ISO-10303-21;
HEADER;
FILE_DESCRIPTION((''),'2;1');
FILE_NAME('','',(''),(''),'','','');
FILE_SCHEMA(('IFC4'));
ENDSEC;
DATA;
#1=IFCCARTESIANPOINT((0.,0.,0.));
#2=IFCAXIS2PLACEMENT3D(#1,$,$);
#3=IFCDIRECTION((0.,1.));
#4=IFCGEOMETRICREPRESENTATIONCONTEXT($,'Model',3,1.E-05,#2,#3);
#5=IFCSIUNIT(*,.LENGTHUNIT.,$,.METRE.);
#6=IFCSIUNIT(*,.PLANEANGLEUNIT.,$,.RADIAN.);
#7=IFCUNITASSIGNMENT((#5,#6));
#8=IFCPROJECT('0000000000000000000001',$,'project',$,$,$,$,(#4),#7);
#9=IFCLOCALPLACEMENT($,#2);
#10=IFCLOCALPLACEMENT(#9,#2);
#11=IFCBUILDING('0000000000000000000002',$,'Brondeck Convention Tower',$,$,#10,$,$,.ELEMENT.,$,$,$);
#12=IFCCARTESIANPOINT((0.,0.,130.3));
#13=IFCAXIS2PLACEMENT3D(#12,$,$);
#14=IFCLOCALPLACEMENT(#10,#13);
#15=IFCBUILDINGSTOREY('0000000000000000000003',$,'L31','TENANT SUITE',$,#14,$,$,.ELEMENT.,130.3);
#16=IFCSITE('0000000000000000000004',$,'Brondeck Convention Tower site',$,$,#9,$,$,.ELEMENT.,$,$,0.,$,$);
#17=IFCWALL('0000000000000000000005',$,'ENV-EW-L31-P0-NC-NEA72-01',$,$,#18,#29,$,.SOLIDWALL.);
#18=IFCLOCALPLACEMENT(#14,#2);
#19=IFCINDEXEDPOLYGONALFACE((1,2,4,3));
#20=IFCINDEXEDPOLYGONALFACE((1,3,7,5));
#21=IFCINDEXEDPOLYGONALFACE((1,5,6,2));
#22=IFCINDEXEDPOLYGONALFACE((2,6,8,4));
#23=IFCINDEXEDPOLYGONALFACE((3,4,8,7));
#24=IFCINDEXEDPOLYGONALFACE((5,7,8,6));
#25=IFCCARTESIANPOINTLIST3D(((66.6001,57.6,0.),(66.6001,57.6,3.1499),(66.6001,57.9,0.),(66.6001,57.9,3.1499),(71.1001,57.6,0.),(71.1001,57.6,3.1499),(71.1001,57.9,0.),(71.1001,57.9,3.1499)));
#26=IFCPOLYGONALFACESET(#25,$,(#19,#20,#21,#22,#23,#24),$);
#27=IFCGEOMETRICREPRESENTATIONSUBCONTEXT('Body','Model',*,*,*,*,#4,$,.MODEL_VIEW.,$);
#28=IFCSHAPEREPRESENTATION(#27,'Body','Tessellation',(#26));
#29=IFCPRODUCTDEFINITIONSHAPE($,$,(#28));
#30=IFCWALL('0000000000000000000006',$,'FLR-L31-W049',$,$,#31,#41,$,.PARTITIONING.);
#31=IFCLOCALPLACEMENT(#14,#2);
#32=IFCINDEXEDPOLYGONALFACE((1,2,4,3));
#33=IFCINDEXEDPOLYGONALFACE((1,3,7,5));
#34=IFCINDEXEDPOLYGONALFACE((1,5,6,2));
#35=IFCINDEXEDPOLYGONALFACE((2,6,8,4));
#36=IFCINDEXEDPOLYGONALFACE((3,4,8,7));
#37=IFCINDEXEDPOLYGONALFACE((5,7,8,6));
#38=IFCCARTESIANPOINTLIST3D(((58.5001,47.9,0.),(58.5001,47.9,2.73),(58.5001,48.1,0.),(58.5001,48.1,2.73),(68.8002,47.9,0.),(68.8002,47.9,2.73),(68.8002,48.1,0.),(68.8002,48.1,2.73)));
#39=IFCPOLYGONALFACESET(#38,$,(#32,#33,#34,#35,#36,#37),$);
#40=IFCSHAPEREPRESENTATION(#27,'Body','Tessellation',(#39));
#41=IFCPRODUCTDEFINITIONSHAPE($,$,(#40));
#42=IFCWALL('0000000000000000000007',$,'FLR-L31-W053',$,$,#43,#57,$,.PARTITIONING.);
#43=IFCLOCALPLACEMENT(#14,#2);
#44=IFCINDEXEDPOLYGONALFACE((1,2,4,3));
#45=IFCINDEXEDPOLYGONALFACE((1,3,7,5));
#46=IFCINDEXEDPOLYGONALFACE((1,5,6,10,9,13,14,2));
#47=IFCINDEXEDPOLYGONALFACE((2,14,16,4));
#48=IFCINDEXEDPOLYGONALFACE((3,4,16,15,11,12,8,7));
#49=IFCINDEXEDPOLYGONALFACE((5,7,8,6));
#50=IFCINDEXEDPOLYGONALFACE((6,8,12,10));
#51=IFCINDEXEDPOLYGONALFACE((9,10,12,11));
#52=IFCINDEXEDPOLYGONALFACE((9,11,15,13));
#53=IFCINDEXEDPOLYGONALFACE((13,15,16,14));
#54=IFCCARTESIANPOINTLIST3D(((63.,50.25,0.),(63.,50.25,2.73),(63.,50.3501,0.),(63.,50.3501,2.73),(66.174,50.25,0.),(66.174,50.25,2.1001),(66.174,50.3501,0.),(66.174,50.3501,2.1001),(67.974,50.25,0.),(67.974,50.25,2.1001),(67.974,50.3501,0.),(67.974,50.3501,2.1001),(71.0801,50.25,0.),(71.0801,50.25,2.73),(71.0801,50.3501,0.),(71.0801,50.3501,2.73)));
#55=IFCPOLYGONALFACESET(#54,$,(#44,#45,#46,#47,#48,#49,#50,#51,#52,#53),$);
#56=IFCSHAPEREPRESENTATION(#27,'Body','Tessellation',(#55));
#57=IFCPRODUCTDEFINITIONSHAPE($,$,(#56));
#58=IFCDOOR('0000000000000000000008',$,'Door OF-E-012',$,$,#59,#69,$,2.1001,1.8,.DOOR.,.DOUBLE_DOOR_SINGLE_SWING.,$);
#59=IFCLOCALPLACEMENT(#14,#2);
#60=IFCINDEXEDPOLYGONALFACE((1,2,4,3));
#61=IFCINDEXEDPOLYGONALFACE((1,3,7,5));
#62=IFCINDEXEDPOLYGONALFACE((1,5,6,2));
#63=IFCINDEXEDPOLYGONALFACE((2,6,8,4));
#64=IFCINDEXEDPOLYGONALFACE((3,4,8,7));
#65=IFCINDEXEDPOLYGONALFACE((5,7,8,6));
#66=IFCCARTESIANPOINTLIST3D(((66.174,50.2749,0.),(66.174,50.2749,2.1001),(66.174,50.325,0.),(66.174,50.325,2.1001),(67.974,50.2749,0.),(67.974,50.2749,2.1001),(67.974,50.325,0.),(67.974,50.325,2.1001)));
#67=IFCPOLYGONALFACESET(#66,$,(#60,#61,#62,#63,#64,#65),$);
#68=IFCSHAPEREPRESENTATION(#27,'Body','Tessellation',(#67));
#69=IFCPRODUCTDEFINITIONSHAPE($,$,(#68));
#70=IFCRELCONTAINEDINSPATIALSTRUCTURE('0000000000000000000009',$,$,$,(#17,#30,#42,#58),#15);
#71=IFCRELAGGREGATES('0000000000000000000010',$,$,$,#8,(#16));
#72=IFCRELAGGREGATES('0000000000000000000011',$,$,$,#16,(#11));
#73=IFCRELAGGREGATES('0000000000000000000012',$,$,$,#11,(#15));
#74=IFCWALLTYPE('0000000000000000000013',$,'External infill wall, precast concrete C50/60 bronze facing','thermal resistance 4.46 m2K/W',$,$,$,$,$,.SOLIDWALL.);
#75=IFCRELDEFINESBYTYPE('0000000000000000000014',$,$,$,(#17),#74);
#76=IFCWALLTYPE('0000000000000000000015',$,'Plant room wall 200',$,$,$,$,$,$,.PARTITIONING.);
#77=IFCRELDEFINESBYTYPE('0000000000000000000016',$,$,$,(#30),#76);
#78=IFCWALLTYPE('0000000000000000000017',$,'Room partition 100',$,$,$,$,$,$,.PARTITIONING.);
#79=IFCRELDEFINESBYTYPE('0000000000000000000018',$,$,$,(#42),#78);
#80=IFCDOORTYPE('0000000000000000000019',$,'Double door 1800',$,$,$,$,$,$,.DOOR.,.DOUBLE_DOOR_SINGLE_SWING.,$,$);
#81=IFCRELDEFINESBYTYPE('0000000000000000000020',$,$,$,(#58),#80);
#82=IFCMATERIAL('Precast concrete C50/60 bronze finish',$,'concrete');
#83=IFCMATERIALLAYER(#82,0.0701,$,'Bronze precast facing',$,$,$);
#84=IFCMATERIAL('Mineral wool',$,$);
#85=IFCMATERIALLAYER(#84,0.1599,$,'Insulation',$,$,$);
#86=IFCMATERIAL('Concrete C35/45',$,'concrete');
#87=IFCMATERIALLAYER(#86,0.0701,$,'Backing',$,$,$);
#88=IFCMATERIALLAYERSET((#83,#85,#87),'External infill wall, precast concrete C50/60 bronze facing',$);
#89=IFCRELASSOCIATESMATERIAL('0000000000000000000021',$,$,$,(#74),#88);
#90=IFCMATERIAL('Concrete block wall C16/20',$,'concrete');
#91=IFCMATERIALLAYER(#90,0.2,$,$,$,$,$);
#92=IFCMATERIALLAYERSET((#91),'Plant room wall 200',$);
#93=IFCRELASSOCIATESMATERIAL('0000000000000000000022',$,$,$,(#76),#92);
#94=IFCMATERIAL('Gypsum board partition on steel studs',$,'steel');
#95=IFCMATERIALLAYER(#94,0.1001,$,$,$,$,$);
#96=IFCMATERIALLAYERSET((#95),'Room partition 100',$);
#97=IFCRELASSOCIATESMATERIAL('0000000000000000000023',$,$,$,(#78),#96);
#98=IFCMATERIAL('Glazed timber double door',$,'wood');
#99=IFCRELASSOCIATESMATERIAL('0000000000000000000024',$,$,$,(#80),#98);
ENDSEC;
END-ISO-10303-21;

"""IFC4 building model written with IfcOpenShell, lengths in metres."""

from ifc_helpers import new_model, si_unit, direction, frame, frame_2d, origin, place, context, subcontext, project, spatial, rectangle, extrude, material, layer, layer_set, type_object, element, fill, save


model = new_model("IFC4")

# Units and contexts
model_context = context("Model", 3, precision=1e-05, world=origin(), true_north=direction((0.0, 1.0)))
body_context = subcontext(model_context, "Body", "Model", "MODEL_VIEW")
ifc_project = project(units=[si_unit("LENGTHUNIT", "METRE"), si_unit("PLANEANGLEUNIT", "RADIAN")], contexts=[model_context])

# Site, building, storey
site_placement = place(None, origin())
site = spatial("IfcSite", under=ifc_project, at=site_placement, Name="Brondeck Convention Tower site", CompositionType="ELEMENT", RefElevation=0.0)
building_placement = place(site_placement, origin())
building = spatial("IfcBuilding", under=site, at=building_placement, Name="Brondeck Convention Tower", CompositionType="ELEMENT")
storey_placement = place(building_placement, frame((0.0, 0.0, 130.3)))
storey = spatial("IfcBuildingStorey", under=building, at=storey_placement, Name="L31", Description="TENANT SUITE", CompositionType="ELEMENT", Elevation=130.3)

# Walls
ifc_material_1 = material(Name="Precast concrete C50/60 bronze finish", Category="concrete")
ifc_layer_1 = layer(ifc_material_1, 0.0701, Name="Bronze precast facing")
ifc_material_2 = material(Name="Mineral wool")
ifc_layer_2 = layer(ifc_material_2, 0.1599, Name="Insulation")
ifc_material_3 = material(Name="Concrete C35/45", Category="concrete")
ifc_layer_3 = layer(ifc_material_3, 0.0701, Name="Backing")
ifc_layer_set_1 = layer_set([ifc_layer_1, ifc_layer_2, ifc_layer_3], Name="External infill wall, precast concrete C50/60 bronze facing")
wall_type_1 = type_object("IfcWallType", Name="External infill wall, precast concrete C50/60 bronze facing", Description="thermal resistance 4.46 m2K/W", PredefinedType="SOLIDWALL", material=ifc_layer_set_1)
wall_1_placement = place(storey_placement, frame((66.6001, 57.75, 0.0), z_axis=(0.0, 0.0, 1.0), x_axis=(1.0, 0.0, 0.0)))
element("IfcWall", 1, at=wall_1_placement, inside=storey, type_object=wall_type_1, Name="ENV-EW-L31-P0-NC-NEA72-01", PredefinedType="SOLIDWALL", context=body_context, shape_type="SweptSolid", body=[
    extrude(rectangle(XDim=4.5, YDim=0.3, at=frame_2d((2.25, 0.0))), origin(), (0.0, 0.0, 1.0), 3.1499),
])
ifc_material_4 = material(Name="Concrete block wall C16/20", Category="concrete")
ifc_layer_4 = layer(ifc_material_4, 0.2)
ifc_layer_set_2 = layer_set([ifc_layer_4], Name="Plant room wall 200")
wall_type_2 = type_object("IfcWallType", Name="Plant room wall 200", PredefinedType="PARTITIONING", material=ifc_layer_set_2)
wall_2_placement = place(storey_placement, frame((68.8, 48.0, 0.0), z_axis=(0.0, 0.0, 1.0), x_axis=(-1.0, 0.0, 0.0)))
element("IfcWall", 2, at=wall_2_placement, inside=storey, type_object=wall_type_2, Name="FLR-L31-W049", PredefinedType="PARTITIONING", context=body_context, shape_type="SweptSolid", body=[
    extrude(rectangle(XDim=10.3, YDim=0.2, at=frame_2d((5.1499, 0.0))), origin(), (0.0, 0.0, 1.0), 2.73),
])

# Wall, opening, door
ifc_material_5 = material(Name="Gypsum board partition on steel studs", Category="steel")
ifc_layer_5 = layer(ifc_material_5, 0.1001)
ifc_layer_set_3 = layer_set([ifc_layer_5], Name="Room partition 100")
wall_type_3 = type_object("IfcWallType", Name="Room partition 100", PredefinedType="PARTITIONING", material=ifc_layer_set_3)
wall_3_placement = place(storey_placement, frame((63.0, 50.3, 0.0), z_axis=(0.0, 0.0, 1.0), x_axis=(1.0, 0.0, 0.0)))
wall_3 = element("IfcWall", 3, at=wall_3_placement, inside=storey, type_object=wall_type_3, Name="FLR-L31-W053", PredefinedType="PARTITIONING", context=body_context, shape_type="SweptSolid", body=[
    extrude(rectangle(XDim=8.0801, YDim=0.1001, at=frame_2d((4.04, 0.0))), origin(), (0.0, 0.0, 1.0), 2.73),
])
opening_placement = place(wall_3_placement, frame((3.1741, 0.0, 0.0)))
opening = element("IfcOpeningElement", 4, at=opening_placement, cuts=wall_3, PredefinedType="OPENING", context=body_context, shape_type="SweptSolid", body=[
    extrude(rectangle(XDim=1.8, YDim=2.1001, at=frame_2d((0.8999, 1.05))), frame((0.0, 0.0601, 0.0), z_axis=(0.0, -1.0, 0.0), x_axis=(1.0, 0.0, 0.0)), (0.0, 0.0, 1.0), 0.1201),
])
ifc_material_6 = material(Name="Glazed timber double door", Category="wood")
door_type = type_object("IfcDoorType", Name="Double door 1800", OperationType="DOUBLE_DOOR_SINGLE_SWING", PredefinedType="DOOR", material=ifc_material_6)
door_placement = place(opening_placement, origin())
door = element("IfcDoor", 5, at=door_placement, inside=storey, type_object=door_type, Name="Door OF-E-012", OperationType="DOUBLE_DOOR_SINGLE_SWING", OverallHeight=2.1001, OverallWidth=1.8, PredefinedType="DOOR", context=body_context, shape_type="SweptSolid", body=[
    extrude(rectangle(XDim=1.8, YDim=2.1001, at=frame_2d((0.8999, 1.05))), frame((0.0, 0.0249, 0.0), z_axis=(0.0, -1.0, 0.0), x_axis=(1.0, 0.0, 0.0)), (0.0, 0.0, 1.0), 0.05),
])
fill(opening, door)

save(model, "model.ifc")
